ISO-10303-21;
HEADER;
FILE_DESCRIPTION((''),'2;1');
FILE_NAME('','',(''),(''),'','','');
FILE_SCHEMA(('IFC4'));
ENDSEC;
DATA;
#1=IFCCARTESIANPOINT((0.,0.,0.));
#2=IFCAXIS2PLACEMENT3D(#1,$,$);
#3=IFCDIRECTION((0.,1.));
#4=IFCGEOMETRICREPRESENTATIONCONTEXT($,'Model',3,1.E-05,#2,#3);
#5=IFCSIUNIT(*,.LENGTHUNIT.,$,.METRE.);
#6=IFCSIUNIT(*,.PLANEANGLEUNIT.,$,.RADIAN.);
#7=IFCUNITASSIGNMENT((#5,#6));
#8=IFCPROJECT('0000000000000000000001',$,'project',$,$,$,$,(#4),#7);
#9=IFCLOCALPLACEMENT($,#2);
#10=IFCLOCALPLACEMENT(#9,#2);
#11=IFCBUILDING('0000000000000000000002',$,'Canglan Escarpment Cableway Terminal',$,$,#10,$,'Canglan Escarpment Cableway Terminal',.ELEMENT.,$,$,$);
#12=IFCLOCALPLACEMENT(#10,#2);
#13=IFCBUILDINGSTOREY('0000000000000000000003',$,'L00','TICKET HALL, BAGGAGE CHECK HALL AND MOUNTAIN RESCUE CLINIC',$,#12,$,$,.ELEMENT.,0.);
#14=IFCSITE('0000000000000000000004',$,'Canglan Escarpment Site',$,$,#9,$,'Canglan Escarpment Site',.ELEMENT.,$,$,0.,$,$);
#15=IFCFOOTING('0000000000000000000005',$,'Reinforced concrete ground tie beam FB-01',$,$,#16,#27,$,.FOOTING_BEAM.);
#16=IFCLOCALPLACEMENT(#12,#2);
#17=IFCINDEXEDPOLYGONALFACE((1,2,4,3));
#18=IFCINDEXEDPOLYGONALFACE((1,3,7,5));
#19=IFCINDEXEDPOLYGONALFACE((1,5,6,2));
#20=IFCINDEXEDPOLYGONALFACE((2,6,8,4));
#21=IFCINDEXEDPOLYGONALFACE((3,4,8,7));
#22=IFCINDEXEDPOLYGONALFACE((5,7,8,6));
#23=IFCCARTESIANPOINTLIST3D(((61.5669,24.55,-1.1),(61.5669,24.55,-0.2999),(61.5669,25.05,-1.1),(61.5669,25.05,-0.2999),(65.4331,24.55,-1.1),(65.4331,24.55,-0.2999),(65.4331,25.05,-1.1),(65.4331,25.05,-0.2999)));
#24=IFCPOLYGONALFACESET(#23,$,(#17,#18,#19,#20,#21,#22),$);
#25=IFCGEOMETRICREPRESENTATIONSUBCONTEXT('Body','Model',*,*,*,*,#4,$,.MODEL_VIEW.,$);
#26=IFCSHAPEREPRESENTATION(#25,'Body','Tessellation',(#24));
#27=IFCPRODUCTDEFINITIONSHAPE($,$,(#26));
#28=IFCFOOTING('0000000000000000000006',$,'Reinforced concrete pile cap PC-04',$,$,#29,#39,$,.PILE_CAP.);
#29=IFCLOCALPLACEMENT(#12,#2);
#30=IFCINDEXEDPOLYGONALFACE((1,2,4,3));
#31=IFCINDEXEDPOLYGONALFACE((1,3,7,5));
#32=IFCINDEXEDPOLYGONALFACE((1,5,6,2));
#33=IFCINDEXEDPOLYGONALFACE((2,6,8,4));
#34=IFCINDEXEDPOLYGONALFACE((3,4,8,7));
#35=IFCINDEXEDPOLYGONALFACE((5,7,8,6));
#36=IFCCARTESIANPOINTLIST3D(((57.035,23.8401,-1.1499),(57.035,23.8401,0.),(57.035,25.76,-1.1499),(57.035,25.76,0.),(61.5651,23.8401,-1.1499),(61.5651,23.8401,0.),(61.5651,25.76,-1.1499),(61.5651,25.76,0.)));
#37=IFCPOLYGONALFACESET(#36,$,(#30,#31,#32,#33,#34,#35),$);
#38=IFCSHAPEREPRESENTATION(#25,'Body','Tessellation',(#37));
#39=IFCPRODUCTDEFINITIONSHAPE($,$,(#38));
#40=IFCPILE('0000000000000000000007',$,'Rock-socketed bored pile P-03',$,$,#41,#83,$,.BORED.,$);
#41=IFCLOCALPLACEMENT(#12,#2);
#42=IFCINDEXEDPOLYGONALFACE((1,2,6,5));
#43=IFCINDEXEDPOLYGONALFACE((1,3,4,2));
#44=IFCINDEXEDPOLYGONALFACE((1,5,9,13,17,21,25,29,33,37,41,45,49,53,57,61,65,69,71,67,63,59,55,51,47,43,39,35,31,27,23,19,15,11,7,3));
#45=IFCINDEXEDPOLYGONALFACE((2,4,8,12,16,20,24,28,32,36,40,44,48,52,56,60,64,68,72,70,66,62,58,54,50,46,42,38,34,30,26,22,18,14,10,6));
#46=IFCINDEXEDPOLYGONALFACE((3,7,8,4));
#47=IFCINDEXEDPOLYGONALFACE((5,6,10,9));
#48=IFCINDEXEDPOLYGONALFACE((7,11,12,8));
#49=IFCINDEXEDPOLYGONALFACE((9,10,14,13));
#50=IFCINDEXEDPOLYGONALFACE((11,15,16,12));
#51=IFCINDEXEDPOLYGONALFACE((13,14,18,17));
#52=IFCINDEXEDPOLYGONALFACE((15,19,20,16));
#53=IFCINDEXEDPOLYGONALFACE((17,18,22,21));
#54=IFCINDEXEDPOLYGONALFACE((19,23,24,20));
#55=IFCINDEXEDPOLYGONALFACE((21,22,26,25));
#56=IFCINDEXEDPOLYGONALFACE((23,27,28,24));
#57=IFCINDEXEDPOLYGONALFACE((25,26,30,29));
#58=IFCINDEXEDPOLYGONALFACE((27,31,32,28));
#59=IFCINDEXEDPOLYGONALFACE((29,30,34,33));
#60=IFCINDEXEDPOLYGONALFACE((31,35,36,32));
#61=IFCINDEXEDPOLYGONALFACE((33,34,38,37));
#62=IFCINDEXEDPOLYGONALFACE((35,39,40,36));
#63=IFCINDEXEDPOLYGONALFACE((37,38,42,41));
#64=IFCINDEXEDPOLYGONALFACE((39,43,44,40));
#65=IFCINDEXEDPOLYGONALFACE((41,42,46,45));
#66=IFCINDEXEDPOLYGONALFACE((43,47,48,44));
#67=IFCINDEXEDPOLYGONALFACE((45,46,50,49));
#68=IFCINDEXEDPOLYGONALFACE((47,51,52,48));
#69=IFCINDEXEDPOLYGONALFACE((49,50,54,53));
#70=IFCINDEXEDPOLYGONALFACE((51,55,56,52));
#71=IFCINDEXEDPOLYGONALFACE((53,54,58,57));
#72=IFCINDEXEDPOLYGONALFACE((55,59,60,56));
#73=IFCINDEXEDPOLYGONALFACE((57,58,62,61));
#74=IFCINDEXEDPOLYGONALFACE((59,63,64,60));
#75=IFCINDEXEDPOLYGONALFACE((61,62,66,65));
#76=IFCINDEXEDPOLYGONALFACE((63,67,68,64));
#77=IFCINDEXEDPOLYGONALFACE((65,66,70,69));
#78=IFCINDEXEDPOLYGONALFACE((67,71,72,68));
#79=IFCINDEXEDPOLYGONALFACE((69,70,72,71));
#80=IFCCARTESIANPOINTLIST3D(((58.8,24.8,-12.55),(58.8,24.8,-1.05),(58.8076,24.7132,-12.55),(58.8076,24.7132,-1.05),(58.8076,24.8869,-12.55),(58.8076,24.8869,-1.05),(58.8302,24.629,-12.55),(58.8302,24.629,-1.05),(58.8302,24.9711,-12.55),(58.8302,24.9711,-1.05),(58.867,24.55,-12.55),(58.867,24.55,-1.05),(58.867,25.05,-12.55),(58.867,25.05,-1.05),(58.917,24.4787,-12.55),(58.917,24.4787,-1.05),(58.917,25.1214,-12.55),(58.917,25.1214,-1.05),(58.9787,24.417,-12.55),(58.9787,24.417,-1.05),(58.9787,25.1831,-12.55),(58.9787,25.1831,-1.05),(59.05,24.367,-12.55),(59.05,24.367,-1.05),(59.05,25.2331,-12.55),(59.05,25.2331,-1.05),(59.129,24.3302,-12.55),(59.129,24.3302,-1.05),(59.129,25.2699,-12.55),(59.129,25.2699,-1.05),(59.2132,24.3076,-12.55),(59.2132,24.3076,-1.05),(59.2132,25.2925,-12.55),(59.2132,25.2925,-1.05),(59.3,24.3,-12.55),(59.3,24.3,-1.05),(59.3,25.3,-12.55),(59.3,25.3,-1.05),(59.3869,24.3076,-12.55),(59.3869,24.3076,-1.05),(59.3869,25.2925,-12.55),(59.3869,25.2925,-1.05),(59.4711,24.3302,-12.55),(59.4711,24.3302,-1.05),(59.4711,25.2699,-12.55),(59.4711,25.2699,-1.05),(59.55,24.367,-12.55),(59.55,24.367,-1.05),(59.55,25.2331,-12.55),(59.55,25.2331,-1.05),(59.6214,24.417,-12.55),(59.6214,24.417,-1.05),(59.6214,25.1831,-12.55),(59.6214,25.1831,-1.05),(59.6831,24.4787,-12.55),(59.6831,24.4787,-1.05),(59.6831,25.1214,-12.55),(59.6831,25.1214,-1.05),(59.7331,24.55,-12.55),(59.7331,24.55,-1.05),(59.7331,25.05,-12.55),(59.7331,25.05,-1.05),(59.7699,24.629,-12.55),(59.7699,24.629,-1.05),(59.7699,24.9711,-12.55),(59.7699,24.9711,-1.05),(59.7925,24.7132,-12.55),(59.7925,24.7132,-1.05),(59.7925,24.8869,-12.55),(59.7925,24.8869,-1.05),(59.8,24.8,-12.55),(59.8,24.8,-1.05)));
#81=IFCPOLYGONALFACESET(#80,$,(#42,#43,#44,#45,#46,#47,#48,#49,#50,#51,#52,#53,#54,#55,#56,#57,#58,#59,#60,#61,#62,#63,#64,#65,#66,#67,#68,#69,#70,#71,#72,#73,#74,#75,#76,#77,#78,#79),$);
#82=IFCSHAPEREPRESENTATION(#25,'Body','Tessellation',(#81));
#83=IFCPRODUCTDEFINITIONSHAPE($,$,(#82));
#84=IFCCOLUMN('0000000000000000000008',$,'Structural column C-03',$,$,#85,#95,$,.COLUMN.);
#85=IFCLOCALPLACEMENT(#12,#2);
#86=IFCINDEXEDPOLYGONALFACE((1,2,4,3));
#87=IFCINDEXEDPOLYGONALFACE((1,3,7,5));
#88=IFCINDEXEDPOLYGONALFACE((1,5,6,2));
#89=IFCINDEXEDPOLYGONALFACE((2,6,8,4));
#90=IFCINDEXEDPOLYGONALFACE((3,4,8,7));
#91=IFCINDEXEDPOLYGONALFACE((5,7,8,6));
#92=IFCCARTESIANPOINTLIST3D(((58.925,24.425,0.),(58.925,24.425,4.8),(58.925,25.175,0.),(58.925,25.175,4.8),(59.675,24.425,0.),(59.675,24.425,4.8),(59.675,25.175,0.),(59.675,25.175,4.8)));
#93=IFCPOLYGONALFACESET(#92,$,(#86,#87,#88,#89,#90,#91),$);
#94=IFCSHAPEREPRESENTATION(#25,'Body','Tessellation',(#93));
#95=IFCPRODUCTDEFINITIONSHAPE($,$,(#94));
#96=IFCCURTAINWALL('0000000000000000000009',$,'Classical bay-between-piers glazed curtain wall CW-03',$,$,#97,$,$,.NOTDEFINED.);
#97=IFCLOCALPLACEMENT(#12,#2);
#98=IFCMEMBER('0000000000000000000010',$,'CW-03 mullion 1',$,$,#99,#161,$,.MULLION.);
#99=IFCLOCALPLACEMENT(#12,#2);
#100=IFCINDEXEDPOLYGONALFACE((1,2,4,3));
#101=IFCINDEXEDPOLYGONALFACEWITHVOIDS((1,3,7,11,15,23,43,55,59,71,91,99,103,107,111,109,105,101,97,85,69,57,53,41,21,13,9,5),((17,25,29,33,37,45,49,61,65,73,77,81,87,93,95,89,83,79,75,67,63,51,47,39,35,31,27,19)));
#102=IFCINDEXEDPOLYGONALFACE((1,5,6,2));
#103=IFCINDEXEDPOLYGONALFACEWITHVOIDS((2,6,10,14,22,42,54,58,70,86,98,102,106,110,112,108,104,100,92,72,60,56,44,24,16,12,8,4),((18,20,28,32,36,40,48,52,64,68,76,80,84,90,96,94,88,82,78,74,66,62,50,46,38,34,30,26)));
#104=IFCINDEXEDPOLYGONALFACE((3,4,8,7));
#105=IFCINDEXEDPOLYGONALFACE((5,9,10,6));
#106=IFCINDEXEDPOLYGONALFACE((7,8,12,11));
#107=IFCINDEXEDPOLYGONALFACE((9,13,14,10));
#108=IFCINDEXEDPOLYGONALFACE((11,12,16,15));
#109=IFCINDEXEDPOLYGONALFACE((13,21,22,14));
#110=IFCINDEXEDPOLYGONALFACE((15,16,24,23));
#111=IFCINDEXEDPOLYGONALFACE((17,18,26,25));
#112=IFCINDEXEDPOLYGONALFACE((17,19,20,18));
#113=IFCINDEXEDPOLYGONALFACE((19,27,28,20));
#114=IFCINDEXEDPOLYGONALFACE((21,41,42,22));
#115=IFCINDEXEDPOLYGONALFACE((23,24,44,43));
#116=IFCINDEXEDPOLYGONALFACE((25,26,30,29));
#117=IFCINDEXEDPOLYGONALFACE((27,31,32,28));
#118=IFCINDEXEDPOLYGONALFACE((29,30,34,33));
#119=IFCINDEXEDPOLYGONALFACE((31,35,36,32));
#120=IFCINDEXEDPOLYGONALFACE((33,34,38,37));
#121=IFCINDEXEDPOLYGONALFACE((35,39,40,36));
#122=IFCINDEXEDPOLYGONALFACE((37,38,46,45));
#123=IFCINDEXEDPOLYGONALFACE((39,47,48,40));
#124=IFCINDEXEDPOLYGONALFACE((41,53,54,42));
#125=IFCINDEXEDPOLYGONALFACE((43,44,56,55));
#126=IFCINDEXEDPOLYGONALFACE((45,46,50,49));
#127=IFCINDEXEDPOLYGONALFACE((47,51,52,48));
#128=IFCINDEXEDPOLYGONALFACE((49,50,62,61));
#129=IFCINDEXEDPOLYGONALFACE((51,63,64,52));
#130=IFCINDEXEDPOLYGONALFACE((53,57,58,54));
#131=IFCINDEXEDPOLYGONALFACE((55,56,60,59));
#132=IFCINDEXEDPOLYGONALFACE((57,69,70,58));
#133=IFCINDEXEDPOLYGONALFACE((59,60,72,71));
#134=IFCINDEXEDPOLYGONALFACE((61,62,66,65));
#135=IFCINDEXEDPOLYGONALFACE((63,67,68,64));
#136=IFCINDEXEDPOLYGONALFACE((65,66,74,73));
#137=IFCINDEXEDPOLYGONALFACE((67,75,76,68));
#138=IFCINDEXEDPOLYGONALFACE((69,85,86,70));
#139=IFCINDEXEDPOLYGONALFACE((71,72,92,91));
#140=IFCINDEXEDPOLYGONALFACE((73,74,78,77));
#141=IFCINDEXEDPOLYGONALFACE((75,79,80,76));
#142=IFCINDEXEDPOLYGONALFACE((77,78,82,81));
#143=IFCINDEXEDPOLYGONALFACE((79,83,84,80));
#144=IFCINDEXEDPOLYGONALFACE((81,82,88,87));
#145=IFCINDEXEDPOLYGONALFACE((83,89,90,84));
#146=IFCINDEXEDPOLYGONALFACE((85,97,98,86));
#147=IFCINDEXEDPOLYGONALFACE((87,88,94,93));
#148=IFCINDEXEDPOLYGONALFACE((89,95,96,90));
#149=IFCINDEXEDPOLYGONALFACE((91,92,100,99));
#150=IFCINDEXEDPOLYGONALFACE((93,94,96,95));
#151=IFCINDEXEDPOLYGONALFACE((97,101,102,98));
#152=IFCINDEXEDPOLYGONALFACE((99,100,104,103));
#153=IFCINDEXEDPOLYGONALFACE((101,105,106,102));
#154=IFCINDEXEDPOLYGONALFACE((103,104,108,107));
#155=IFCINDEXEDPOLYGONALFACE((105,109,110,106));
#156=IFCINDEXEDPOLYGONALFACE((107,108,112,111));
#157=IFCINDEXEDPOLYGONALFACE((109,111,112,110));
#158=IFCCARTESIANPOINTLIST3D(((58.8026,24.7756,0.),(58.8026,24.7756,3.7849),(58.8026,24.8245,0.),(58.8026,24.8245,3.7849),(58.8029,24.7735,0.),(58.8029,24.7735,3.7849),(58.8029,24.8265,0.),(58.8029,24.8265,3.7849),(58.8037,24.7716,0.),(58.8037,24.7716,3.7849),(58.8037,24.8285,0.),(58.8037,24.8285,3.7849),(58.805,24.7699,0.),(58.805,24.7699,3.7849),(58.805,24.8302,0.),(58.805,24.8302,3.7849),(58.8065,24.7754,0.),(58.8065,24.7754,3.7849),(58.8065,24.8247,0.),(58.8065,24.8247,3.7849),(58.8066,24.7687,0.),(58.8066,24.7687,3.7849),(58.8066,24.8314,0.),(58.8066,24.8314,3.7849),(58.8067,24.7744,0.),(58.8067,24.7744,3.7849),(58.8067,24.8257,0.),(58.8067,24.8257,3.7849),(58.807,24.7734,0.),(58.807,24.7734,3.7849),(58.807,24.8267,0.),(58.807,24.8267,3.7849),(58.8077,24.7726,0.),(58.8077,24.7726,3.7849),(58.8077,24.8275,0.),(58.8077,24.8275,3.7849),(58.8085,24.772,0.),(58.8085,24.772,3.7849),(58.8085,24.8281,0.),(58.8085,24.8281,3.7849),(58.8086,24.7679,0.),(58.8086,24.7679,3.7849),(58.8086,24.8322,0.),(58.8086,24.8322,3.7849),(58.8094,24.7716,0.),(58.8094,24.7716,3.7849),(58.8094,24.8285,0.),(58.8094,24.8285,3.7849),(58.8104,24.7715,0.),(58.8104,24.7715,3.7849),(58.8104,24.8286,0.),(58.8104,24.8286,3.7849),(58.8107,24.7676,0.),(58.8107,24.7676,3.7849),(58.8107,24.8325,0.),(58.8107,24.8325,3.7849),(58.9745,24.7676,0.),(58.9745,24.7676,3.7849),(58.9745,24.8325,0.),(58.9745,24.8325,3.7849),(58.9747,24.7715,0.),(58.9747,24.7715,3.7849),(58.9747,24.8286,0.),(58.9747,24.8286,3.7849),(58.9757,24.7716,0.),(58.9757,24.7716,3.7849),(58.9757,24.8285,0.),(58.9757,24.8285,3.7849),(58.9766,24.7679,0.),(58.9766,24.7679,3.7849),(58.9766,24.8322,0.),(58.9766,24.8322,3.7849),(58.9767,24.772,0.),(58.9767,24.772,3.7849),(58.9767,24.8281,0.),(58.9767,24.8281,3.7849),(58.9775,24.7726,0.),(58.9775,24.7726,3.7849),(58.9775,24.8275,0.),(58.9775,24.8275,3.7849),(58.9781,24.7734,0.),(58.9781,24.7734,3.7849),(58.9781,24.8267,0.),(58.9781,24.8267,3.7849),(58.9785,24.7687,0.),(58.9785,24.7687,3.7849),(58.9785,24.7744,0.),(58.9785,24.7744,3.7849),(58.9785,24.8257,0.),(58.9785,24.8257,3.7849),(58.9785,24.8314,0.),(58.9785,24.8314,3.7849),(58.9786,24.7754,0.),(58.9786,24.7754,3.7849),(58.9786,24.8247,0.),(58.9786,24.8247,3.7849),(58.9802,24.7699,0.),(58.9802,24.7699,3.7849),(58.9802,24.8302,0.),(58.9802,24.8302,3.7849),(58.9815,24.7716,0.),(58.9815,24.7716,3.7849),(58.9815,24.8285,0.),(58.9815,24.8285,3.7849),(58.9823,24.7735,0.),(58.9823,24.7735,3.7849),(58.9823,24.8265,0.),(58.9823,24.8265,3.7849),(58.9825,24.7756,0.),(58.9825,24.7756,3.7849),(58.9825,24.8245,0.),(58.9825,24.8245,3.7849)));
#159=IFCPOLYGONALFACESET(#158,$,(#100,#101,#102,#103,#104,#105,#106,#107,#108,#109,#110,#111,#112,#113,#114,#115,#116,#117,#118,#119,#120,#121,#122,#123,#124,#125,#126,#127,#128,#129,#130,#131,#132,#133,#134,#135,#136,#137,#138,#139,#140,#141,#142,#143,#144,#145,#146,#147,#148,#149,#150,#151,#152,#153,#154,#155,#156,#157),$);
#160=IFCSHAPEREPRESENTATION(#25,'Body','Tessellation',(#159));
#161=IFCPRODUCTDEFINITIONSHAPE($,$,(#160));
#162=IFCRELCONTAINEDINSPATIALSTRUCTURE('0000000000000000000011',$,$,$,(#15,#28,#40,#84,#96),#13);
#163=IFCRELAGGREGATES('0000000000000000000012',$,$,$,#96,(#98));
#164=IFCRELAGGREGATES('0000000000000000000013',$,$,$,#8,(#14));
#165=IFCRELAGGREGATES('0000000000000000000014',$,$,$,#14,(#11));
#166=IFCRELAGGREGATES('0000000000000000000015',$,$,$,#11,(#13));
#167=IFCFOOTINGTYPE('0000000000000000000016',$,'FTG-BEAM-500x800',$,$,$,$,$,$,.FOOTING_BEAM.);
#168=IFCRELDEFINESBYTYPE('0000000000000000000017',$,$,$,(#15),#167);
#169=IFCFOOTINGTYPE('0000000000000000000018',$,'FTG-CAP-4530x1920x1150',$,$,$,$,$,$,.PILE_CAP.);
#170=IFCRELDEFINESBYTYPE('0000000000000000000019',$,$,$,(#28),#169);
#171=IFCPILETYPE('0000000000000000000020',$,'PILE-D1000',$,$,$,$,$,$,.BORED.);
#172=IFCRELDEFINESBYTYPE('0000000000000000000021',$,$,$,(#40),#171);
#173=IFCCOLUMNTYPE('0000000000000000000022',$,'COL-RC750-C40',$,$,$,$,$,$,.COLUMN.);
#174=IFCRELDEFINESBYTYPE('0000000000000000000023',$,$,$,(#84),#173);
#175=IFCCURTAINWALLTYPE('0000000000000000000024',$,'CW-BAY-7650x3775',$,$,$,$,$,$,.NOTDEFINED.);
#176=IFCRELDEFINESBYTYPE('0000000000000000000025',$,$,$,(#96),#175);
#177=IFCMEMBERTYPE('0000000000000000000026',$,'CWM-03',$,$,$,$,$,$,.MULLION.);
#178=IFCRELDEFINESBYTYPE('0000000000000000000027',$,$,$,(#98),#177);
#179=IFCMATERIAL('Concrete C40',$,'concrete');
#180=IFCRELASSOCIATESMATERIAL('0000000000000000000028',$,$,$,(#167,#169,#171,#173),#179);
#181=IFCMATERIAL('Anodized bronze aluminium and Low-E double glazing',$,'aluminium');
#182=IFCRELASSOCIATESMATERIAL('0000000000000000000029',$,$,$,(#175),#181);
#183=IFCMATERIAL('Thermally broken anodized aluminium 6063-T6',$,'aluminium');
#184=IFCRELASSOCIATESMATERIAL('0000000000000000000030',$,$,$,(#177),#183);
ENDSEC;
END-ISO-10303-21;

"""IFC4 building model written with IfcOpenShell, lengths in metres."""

from ifc_helpers import new_model, si_unit, direction, frame, origin, origin_2d, place, context, subcontext, project, spatial, rectangle, hollow_rectangle, circle, extrude, material, material_profile, profile_set, type_object, element, aggregate, save


model = new_model("IFC4")

# Units and contexts
model_context = context("Model", 3, precision=1e-05, world=origin(), true_north=direction((0.0, 1.0)))
body_context = subcontext(model_context, "Body", "Model", "MODEL_VIEW")
ifc_project = project(units=[si_unit("LENGTHUNIT", "METRE"), si_unit("PLANEANGLEUNIT", "RADIAN")], contexts=[model_context])

# Site, building, storey
site_placement = place(None, origin())
site = spatial("IfcSite", under=ifc_project, at=site_placement, Name="Canglan Escarpment Site", LongName="Canglan Escarpment Site", CompositionType="ELEMENT", RefElevation=0.0)
building_placement = place(site_placement, origin())
building = spatial("IfcBuilding", under=site, at=building_placement, Name="Canglan Escarpment Cableway Terminal", LongName="Canglan Escarpment Cableway Terminal", CompositionType="ELEMENT")
storey_placement = place(building_placement, origin())
storey = spatial("IfcBuildingStorey", under=building, at=storey_placement, Name="L00", Description="TICKET HALL, BAGGAGE CHECK HALL AND MOUNTAIN RESCUE CLINIC", CompositionType="ELEMENT", Elevation=0.0)

# Footings
ifc_material_1 = material(Name="Concrete C40", Category="concrete")
ifc_material_profile_1 = material_profile(ifc_material_1, rectangle(XDim=0.5, YDim=0.8, at=origin_2d()), Name="FB 500x800")
ifc_profile_set_1 = profile_set([ifc_material_profile_1], Name="Concrete C40")
footing_type_1 = type_object("IfcFootingType", Name="FTG-BEAM-500x800", PredefinedType="FOOTING_BEAM", material=ifc_profile_set_1)
footing_1_placement = place(storey_placement, frame((61.5669, 24.8, -0.7), z_axis=(1.0, 0.0, 0.0), x_axis=(0.0, 1.0, 0.0)))
element("IfcFooting", 1, at=footing_1_placement, inside=storey, type_object=footing_type_1, Name="Reinforced concrete ground tie beam FB-01", PredefinedType="FOOTING_BEAM", context=body_context, shape_type="SweptSolid", body=[
    extrude(rectangle(XDim=0.5, YDim=0.8, at=origin_2d()), origin(), (0.0, 0.0, 1.0), 3.8662),
])
footing_type_2 = type_object("IfcFootingType", Name="FTG-CAP-4530x1920x1150", PredefinedType="PILE_CAP", material=ifc_material_1)
footing_2_placement = place(storey_placement, frame((59.3, 24.8, -1.1499), z_axis=(0.0, 0.0, 1.0), x_axis=(1.0, 0.0, 0.0)))
element("IfcFooting", 2, at=footing_2_placement, inside=storey, type_object=footing_type_2, Name="Reinforced concrete pile cap PC-04", PredefinedType="PILE_CAP", context=body_context, shape_type="SweptSolid", body=[
    extrude(rectangle(XDim=4.53, YDim=1.9199, at=origin_2d()), origin(), (0.0, 0.0, 1.0), 1.1499),
])

# Pile
ifc_material_profile_2 = material_profile(ifc_material_1, circle(Radius=0.5, at=origin_2d()), Name="BORED PILE D1000")
ifc_profile_set_2 = profile_set([ifc_material_profile_2], Name="Concrete C40")
pile_type = type_object("IfcPileType", Name="PILE-D1000", PredefinedType="BORED", material=ifc_profile_set_2)
pile_placement = place(storey_placement, frame((59.3, 24.8, -1.05), z_axis=(0.0, 0.0, -1.0), x_axis=(1.0, 0.0, 0.0)))
element("IfcPile", 3, at=pile_placement, inside=storey, type_object=pile_type, Name="Rock-socketed bored pile P-03", PredefinedType="BORED", context=body_context, shape_type="SweptSolid", body=[
    extrude(circle(Radius=0.5, at=origin_2d()), origin(), (0.0, 0.0, 1.0), 11.5),
])

# Column
ifc_material_profile_3 = material_profile(ifc_material_1, rectangle(XDim=0.75, YDim=0.75, at=origin_2d()), Name="RC 750x750")
ifc_profile_set_3 = profile_set([ifc_material_profile_3], Name="Concrete C40")
column_type = type_object("IfcColumnType", Name="COL-RC750-C40", PredefinedType="COLUMN", material=ifc_profile_set_3)
column_placement = place(storey_placement, frame((59.3, 24.8, 0.0), z_axis=(0.0, 0.0, 1.0), x_axis=(1.0, 0.0, 0.0)))
element("IfcColumn", 4, at=column_placement, inside=storey, type_object=column_type, Name="Structural column C-03", PredefinedType="COLUMN", context=body_context, shape_type="SweptSolid", body=[
    extrude(rectangle(XDim=0.75, YDim=0.75, at=origin_2d()), origin(), (0.0, 0.0, 1.0), 4.8),
])

# Curtain wall, member
ifc_material_2 = material(Name="Anodized bronze aluminium and Low-E double glazing", Category="aluminium")
curtain_wall_type = type_object("IfcCurtainWallType", Name="CW-BAY-7650x3775", PredefinedType="NOTDEFINED", material=ifc_material_2)
curtain_wall_placement = place(storey_placement, origin())
curtain_wall = element("IfcCurtainWall", 5, at=curtain_wall_placement, inside=storey, type_object=curtain_wall_type, Name="Classical bay-between-piers glazed curtain wall CW-03", PredefinedType="NOTDEFINED")
ifc_material_3 = material(Name="Thermally broken anodized aluminium 6063-T6", Category="aluminium")
ifc_material_profile_4 = material_profile(ifc_material_3, hollow_rectangle(XDim=0.0649, YDim=0.1799, WallThickness=0.0039, InnerFilletRadius=0.0039, OuterFilletRadius=0.0081, at=origin_2d()), Name="ALU-MULL 65x180x4")
ifc_profile_set_4 = profile_set([ifc_material_profile_4], Name="Thermally broken anodized aluminium 6063-T6")
member_type_1 = type_object("IfcMemberType", Name="CWM-03", PredefinedType="MULLION", material=ifc_profile_set_4)
member_1_placement = place(storey_placement, frame((58.8926, 24.8, 0.0), z_axis=(0.0, 0.0, 1.0), x_axis=(0.0, -1.0, 0.0)))
member_1 = element("IfcMember", 6, at=member_1_placement, type_object=member_type_1, Name="CW-03 mullion 1", PredefinedType="MULLION", context=body_context, shape_type="SweptSolid", body=[
    extrude(hollow_rectangle(XDim=0.0649, YDim=0.1799, WallThickness=0.0039, InnerFilletRadius=0.0039, OuterFilletRadius=0.0081, at=origin_2d()), origin(), (0.0, 0.0, 1.0), 3.7849),
])

aggregate(curtain_wall, [member_1])

save(model, "model.ifc")
